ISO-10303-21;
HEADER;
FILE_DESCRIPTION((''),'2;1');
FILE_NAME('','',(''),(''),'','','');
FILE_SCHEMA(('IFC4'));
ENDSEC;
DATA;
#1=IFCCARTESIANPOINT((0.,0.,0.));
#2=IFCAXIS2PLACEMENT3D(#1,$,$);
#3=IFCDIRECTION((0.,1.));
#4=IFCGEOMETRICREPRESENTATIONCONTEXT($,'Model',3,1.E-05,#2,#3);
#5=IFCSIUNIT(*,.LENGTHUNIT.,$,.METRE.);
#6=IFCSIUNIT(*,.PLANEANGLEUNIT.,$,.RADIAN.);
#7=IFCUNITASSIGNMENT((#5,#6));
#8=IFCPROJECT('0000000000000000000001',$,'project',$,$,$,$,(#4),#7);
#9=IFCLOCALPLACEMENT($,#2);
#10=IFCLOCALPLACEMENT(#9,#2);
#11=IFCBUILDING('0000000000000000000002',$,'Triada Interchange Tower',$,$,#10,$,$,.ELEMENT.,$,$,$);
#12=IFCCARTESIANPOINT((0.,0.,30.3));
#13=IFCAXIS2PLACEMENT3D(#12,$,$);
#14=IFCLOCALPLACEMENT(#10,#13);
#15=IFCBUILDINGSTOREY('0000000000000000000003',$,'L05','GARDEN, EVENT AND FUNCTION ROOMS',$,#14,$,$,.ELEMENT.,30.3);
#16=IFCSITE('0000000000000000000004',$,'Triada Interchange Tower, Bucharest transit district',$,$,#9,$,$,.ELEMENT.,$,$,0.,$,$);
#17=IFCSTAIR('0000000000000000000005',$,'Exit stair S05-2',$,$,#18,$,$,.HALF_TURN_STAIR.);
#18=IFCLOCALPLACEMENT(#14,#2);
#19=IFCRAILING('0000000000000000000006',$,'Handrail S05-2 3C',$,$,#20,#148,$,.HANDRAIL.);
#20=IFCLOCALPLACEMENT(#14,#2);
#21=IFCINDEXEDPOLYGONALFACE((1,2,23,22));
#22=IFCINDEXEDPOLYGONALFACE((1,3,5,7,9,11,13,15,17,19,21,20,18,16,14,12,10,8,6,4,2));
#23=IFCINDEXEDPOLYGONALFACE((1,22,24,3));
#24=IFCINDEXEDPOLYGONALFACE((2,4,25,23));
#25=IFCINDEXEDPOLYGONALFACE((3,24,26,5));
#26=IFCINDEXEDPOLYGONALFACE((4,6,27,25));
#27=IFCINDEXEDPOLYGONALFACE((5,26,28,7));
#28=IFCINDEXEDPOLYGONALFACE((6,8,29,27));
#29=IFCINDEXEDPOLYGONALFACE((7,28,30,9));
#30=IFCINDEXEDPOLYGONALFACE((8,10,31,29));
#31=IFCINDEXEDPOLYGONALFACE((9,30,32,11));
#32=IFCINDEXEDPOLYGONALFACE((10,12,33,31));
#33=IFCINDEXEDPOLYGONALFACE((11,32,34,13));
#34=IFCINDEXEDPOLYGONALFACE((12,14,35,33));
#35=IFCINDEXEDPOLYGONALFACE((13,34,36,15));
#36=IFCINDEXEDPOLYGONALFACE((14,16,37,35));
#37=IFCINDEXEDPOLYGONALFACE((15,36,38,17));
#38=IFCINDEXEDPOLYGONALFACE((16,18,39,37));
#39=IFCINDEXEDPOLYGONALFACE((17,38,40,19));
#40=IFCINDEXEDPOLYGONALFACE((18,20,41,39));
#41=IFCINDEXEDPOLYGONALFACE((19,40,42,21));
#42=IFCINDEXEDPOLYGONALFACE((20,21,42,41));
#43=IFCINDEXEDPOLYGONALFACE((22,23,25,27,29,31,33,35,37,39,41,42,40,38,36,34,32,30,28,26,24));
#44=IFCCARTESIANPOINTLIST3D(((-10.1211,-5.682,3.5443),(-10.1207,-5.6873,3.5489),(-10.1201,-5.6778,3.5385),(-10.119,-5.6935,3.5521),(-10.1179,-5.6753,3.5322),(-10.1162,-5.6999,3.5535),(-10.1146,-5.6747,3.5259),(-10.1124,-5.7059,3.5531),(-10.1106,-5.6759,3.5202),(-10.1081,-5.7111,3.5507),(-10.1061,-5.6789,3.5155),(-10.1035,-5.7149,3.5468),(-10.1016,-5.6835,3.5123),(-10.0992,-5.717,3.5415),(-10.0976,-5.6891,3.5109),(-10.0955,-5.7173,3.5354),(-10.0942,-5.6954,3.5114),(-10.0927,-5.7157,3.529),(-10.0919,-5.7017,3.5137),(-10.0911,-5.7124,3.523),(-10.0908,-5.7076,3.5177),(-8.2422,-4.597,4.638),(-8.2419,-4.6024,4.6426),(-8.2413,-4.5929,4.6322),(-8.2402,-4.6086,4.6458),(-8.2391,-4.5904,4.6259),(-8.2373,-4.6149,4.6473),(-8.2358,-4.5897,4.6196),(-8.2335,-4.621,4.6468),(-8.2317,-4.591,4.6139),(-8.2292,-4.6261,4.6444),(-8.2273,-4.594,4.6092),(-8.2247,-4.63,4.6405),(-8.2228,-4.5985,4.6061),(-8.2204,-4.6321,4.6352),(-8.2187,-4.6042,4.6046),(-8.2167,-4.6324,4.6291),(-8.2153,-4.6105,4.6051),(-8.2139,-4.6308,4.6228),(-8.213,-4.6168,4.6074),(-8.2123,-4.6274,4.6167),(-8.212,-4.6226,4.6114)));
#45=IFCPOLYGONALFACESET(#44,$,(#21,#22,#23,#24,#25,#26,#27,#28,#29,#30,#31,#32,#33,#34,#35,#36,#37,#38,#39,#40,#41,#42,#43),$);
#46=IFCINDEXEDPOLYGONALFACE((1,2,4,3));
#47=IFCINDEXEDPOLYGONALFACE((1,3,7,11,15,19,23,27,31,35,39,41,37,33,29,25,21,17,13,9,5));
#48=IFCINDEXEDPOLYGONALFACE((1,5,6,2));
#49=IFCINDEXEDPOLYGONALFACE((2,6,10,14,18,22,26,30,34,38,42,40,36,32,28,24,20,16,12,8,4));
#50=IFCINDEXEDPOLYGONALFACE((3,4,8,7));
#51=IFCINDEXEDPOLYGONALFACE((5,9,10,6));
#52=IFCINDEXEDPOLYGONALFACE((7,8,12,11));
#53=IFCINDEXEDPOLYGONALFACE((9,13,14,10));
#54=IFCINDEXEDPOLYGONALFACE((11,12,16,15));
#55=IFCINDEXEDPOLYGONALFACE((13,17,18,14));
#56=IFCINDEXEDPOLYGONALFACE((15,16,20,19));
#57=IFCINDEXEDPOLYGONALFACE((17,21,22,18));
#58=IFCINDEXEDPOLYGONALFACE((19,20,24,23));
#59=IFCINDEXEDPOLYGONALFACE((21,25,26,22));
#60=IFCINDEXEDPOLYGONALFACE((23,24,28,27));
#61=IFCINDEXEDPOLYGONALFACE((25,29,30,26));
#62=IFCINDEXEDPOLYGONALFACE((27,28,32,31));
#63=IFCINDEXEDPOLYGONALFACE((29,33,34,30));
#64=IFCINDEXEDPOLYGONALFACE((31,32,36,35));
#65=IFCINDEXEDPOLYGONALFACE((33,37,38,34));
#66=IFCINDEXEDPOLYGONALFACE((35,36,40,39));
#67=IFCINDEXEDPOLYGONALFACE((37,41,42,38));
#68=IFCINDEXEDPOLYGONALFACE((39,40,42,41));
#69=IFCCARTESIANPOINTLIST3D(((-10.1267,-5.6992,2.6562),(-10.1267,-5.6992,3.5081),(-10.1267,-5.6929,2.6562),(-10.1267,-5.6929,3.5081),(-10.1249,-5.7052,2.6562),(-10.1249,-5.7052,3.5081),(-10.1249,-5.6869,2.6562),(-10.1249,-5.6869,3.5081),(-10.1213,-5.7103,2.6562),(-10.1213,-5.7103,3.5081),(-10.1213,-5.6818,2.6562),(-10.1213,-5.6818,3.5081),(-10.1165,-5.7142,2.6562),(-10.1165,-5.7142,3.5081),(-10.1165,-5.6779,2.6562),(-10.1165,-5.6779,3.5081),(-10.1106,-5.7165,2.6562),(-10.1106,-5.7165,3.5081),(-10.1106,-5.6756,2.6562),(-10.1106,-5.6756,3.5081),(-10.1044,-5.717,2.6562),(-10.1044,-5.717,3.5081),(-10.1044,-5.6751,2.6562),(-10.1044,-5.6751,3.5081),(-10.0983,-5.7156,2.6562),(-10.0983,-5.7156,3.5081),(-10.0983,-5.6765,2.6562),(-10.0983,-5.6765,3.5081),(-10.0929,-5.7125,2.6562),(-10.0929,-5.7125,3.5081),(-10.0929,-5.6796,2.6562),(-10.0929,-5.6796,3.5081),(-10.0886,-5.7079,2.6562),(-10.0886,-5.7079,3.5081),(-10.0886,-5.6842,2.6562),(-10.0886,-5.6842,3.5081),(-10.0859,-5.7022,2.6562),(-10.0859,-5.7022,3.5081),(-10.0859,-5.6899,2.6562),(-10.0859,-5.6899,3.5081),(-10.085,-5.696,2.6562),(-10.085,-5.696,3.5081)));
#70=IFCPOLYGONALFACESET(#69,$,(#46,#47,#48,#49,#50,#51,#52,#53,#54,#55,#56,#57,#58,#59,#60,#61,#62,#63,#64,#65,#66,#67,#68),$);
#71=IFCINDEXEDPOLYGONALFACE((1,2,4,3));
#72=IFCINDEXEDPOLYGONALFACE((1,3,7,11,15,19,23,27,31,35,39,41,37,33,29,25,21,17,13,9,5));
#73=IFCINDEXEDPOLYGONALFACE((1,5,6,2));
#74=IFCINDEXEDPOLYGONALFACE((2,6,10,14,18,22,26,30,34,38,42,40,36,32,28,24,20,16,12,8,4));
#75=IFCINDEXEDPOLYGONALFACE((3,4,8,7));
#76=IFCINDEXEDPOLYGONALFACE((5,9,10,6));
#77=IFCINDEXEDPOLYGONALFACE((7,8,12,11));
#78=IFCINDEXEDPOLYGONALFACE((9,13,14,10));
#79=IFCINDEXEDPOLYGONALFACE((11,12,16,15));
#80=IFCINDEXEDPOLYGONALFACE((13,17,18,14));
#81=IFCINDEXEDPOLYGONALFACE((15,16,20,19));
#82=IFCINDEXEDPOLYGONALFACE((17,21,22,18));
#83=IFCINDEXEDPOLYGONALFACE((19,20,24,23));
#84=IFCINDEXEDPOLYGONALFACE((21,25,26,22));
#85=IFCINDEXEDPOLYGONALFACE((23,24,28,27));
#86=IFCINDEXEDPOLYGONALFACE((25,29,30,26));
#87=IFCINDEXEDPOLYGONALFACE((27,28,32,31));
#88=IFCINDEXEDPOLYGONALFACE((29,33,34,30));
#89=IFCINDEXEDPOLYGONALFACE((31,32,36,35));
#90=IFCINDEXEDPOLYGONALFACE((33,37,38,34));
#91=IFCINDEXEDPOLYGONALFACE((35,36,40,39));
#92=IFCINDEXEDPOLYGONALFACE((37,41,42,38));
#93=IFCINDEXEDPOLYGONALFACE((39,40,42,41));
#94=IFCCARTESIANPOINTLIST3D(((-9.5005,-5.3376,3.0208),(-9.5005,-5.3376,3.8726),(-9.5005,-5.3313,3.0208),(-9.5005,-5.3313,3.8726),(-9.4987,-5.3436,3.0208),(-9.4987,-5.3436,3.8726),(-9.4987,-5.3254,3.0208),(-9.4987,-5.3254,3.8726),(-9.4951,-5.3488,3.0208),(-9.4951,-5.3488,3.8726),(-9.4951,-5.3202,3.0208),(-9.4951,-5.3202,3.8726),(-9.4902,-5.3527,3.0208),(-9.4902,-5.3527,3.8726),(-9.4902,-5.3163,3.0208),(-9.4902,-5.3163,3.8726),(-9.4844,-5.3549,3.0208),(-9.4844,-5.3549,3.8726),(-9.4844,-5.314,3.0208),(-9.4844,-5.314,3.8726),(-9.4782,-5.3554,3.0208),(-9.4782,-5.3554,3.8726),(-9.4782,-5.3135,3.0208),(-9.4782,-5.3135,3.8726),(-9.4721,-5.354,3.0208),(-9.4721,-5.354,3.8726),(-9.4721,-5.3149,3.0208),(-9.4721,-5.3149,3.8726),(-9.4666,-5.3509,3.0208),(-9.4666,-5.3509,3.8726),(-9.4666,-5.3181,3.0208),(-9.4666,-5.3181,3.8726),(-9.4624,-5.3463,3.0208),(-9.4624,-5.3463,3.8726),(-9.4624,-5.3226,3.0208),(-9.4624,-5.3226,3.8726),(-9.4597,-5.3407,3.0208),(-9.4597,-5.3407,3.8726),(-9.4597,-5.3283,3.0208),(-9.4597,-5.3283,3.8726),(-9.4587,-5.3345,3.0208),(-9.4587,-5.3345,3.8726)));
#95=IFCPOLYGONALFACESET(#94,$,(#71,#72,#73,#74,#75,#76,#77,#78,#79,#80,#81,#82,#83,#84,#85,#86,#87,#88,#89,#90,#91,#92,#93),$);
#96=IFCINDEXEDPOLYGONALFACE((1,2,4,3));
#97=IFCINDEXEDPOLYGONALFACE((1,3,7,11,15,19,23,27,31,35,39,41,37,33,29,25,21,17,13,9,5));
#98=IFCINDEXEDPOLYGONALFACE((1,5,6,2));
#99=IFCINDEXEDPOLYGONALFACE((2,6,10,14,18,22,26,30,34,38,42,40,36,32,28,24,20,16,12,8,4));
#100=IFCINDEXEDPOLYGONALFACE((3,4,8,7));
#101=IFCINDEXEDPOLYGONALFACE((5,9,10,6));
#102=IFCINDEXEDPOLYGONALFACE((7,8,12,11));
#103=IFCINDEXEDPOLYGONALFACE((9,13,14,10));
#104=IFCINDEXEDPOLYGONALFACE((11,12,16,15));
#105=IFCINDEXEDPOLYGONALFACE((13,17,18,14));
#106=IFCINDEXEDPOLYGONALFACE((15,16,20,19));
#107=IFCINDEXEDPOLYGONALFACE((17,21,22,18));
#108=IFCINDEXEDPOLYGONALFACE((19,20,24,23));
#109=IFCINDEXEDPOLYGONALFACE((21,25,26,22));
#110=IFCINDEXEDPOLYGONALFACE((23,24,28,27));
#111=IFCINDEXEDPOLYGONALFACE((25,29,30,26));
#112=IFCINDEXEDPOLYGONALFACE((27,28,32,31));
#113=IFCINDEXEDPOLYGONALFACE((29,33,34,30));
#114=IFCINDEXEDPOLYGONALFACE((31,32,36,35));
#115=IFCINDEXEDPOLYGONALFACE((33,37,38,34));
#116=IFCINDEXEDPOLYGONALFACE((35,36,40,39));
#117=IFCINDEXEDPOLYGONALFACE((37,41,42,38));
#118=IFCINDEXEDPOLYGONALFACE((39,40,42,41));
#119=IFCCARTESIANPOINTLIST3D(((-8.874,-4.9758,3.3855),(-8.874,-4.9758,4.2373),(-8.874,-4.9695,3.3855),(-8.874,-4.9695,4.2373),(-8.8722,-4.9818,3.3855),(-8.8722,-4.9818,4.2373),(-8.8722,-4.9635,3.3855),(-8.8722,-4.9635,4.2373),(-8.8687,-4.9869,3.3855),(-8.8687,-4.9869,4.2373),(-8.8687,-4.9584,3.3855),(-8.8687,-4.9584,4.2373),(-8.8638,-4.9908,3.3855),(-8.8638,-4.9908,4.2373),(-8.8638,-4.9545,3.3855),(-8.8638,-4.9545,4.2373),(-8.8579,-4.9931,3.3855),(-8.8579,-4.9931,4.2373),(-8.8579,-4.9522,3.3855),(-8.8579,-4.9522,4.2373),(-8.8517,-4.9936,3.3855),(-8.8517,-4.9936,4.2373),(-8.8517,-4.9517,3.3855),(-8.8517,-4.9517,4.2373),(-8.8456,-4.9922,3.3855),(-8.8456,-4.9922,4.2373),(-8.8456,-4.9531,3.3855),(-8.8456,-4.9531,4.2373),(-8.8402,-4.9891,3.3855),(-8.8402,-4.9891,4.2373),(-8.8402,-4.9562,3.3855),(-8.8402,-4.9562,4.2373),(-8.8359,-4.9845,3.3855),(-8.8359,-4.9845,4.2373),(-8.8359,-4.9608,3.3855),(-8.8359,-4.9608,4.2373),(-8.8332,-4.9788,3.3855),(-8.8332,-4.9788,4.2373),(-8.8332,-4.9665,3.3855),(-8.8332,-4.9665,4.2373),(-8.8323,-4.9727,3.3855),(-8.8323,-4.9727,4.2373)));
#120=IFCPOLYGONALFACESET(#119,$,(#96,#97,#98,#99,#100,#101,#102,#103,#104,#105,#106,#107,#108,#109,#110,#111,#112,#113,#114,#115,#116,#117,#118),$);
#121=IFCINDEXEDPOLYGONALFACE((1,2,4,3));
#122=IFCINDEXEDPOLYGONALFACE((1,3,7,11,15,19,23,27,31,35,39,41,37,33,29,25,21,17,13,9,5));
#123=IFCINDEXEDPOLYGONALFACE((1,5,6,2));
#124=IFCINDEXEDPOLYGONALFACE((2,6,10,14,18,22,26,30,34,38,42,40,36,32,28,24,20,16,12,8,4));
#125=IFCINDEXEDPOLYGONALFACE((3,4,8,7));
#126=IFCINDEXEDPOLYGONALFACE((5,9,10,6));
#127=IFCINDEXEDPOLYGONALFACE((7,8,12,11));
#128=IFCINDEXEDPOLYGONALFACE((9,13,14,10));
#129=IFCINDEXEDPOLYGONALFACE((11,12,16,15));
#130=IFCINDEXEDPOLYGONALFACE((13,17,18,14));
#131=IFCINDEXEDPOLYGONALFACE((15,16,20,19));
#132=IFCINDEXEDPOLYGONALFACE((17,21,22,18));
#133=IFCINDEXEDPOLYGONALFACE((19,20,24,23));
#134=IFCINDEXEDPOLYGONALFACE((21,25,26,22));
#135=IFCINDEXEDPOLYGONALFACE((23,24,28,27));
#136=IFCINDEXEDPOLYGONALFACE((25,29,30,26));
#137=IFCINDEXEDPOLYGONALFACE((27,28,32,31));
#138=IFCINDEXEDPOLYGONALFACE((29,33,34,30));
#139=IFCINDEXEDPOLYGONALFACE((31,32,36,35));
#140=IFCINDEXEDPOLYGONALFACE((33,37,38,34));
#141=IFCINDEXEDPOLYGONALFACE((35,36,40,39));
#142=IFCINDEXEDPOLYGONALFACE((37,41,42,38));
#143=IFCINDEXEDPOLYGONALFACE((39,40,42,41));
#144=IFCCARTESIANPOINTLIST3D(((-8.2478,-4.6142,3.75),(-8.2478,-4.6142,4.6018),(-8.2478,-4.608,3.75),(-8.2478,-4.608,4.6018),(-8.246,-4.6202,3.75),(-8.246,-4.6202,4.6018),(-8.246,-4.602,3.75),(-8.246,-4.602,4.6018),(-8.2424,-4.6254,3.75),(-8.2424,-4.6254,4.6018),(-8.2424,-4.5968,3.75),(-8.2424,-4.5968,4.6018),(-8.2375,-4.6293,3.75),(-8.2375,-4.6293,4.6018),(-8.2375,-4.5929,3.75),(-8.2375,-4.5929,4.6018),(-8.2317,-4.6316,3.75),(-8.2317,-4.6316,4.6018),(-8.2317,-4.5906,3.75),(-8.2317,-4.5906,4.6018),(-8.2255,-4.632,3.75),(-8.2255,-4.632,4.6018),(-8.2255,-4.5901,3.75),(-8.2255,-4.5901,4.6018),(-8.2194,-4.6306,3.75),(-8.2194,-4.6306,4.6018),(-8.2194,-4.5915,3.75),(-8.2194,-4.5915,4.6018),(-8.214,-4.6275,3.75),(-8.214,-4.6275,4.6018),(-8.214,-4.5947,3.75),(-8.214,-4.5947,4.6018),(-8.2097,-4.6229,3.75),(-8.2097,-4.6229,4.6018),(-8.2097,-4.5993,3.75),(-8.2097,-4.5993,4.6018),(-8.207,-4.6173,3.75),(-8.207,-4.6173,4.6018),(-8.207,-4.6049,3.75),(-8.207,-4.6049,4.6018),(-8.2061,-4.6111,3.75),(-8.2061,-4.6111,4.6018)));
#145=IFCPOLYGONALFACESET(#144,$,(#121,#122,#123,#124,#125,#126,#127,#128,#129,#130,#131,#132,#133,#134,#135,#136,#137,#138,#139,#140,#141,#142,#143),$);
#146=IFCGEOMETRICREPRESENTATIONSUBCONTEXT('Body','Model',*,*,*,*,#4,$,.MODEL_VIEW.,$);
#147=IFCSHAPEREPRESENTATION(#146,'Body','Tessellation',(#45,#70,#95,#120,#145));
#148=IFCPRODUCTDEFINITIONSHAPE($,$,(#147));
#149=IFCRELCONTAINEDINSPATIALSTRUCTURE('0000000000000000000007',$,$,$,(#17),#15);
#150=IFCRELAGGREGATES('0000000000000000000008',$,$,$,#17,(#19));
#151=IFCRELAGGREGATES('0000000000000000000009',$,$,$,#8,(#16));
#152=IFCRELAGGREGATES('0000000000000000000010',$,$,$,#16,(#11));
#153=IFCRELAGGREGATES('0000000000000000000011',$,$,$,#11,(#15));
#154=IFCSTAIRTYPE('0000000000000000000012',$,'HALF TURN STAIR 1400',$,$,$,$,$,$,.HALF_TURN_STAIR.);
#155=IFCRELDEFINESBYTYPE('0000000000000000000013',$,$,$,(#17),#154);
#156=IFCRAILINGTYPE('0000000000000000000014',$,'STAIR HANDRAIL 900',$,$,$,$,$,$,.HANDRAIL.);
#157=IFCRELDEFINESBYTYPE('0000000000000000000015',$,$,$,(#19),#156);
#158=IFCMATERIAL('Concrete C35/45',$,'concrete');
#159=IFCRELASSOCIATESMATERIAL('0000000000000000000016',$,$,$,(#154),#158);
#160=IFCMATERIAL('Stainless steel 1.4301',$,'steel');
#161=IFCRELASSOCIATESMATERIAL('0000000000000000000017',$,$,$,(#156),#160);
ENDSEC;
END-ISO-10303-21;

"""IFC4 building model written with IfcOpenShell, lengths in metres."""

from ifc_helpers import new_model, si_unit, direction, frame, origin, origin_2d, place, context, subcontext, project, spatial, circle, extrude, material, type_object, element, aggregate, save


model = new_model("IFC4")

# Units and contexts
model_context = context("Model", 3, precision=1e-05, world=origin(), true_north=direction((0.0, 1.0)))
body_context = subcontext(model_context, "Body", "Model", "MODEL_VIEW")
ifc_project = project(units=[si_unit("LENGTHUNIT", "METRE"), si_unit("PLANEANGLEUNIT", "RADIAN")], contexts=[model_context])

# Site, building, storey
site_placement = place(None, origin())
site = spatial("IfcSite", under=ifc_project, at=site_placement, Name="Triada Interchange Tower, Bucharest transit district", CompositionType="ELEMENT", RefElevation=0.0)
building_placement = place(site_placement, origin())
building = spatial("IfcBuilding", under=site, at=building_placement, Name="Triada Interchange Tower", CompositionType="ELEMENT")
storey_placement = place(building_placement, frame((0.0, 0.0, 30.3)))
storey = spatial("IfcBuildingStorey", under=building, at=storey_placement, Name="L05", Description="GARDEN, EVENT AND FUNCTION ROOMS", CompositionType="ELEMENT", Elevation=30.3)

# Stair, railing
ifc_material_1 = material(Name="Concrete C35/45", Category="concrete")
stair_type = type_object("IfcStairType", Name="HALF TURN STAIR 1400", PredefinedType="HALF_TURN_STAIR", material=ifc_material_1)
stair_placement = place(storey_placement, origin())
stair = element("IfcStair", 1, at=stair_placement, inside=storey, type_object=stair_type, Name="Exit stair S05-2", PredefinedType="HALF_TURN_STAIR")
ifc_material_2 = material(Name="Stainless steel 1.4301", Category="steel")
railing_type = type_object("IfcRailingType", Name="STAIR HANDRAIL 900", PredefinedType="HANDRAIL", material=ifc_material_2)
railing_1_placement = place(storey_placement, frame((-10.106, -5.696, 2.6562)))
railing_1 = element("IfcRailing", 2, at=railing_1_placement, type_object=railing_type, Name="Handrail S05-2 3C", PredefinedType="HANDRAIL", context=body_context, shape_type="SweptSolid", body=[
    extrude(circle(Radius=0.0239, at=origin_2d()), frame((0.0, 0.0, 0.876), z_axis=(0.77329, 0.446531, 0.450148), x_axis=(-0.50006, 0.865991, 0.0)), (0.0, 0.0, 1.0), 2.4297),
    extrude(circle(Radius=0.021, at=origin_2d()), origin(), (0.0, 0.0, 1.0), 0.8518),
    extrude(circle(Radius=0.021, at=origin_2d()), frame((0.6262, 0.3616, 0.3645)), (0.0, 0.0, 1.0), 0.8518),
    extrude(circle(Radius=0.021, at=origin_2d()), frame((1.2527, 0.7234, 0.7292)), (0.0, 0.0, 1.0), 0.8518),
    extrude(circle(Radius=0.021, at=origin_2d()), frame((1.8789, 1.085, 1.0938)), (0.0, 0.0, 1.0), 0.8518),
])
aggregate(stair, [railing_1])

save(model, "model.ifc")
